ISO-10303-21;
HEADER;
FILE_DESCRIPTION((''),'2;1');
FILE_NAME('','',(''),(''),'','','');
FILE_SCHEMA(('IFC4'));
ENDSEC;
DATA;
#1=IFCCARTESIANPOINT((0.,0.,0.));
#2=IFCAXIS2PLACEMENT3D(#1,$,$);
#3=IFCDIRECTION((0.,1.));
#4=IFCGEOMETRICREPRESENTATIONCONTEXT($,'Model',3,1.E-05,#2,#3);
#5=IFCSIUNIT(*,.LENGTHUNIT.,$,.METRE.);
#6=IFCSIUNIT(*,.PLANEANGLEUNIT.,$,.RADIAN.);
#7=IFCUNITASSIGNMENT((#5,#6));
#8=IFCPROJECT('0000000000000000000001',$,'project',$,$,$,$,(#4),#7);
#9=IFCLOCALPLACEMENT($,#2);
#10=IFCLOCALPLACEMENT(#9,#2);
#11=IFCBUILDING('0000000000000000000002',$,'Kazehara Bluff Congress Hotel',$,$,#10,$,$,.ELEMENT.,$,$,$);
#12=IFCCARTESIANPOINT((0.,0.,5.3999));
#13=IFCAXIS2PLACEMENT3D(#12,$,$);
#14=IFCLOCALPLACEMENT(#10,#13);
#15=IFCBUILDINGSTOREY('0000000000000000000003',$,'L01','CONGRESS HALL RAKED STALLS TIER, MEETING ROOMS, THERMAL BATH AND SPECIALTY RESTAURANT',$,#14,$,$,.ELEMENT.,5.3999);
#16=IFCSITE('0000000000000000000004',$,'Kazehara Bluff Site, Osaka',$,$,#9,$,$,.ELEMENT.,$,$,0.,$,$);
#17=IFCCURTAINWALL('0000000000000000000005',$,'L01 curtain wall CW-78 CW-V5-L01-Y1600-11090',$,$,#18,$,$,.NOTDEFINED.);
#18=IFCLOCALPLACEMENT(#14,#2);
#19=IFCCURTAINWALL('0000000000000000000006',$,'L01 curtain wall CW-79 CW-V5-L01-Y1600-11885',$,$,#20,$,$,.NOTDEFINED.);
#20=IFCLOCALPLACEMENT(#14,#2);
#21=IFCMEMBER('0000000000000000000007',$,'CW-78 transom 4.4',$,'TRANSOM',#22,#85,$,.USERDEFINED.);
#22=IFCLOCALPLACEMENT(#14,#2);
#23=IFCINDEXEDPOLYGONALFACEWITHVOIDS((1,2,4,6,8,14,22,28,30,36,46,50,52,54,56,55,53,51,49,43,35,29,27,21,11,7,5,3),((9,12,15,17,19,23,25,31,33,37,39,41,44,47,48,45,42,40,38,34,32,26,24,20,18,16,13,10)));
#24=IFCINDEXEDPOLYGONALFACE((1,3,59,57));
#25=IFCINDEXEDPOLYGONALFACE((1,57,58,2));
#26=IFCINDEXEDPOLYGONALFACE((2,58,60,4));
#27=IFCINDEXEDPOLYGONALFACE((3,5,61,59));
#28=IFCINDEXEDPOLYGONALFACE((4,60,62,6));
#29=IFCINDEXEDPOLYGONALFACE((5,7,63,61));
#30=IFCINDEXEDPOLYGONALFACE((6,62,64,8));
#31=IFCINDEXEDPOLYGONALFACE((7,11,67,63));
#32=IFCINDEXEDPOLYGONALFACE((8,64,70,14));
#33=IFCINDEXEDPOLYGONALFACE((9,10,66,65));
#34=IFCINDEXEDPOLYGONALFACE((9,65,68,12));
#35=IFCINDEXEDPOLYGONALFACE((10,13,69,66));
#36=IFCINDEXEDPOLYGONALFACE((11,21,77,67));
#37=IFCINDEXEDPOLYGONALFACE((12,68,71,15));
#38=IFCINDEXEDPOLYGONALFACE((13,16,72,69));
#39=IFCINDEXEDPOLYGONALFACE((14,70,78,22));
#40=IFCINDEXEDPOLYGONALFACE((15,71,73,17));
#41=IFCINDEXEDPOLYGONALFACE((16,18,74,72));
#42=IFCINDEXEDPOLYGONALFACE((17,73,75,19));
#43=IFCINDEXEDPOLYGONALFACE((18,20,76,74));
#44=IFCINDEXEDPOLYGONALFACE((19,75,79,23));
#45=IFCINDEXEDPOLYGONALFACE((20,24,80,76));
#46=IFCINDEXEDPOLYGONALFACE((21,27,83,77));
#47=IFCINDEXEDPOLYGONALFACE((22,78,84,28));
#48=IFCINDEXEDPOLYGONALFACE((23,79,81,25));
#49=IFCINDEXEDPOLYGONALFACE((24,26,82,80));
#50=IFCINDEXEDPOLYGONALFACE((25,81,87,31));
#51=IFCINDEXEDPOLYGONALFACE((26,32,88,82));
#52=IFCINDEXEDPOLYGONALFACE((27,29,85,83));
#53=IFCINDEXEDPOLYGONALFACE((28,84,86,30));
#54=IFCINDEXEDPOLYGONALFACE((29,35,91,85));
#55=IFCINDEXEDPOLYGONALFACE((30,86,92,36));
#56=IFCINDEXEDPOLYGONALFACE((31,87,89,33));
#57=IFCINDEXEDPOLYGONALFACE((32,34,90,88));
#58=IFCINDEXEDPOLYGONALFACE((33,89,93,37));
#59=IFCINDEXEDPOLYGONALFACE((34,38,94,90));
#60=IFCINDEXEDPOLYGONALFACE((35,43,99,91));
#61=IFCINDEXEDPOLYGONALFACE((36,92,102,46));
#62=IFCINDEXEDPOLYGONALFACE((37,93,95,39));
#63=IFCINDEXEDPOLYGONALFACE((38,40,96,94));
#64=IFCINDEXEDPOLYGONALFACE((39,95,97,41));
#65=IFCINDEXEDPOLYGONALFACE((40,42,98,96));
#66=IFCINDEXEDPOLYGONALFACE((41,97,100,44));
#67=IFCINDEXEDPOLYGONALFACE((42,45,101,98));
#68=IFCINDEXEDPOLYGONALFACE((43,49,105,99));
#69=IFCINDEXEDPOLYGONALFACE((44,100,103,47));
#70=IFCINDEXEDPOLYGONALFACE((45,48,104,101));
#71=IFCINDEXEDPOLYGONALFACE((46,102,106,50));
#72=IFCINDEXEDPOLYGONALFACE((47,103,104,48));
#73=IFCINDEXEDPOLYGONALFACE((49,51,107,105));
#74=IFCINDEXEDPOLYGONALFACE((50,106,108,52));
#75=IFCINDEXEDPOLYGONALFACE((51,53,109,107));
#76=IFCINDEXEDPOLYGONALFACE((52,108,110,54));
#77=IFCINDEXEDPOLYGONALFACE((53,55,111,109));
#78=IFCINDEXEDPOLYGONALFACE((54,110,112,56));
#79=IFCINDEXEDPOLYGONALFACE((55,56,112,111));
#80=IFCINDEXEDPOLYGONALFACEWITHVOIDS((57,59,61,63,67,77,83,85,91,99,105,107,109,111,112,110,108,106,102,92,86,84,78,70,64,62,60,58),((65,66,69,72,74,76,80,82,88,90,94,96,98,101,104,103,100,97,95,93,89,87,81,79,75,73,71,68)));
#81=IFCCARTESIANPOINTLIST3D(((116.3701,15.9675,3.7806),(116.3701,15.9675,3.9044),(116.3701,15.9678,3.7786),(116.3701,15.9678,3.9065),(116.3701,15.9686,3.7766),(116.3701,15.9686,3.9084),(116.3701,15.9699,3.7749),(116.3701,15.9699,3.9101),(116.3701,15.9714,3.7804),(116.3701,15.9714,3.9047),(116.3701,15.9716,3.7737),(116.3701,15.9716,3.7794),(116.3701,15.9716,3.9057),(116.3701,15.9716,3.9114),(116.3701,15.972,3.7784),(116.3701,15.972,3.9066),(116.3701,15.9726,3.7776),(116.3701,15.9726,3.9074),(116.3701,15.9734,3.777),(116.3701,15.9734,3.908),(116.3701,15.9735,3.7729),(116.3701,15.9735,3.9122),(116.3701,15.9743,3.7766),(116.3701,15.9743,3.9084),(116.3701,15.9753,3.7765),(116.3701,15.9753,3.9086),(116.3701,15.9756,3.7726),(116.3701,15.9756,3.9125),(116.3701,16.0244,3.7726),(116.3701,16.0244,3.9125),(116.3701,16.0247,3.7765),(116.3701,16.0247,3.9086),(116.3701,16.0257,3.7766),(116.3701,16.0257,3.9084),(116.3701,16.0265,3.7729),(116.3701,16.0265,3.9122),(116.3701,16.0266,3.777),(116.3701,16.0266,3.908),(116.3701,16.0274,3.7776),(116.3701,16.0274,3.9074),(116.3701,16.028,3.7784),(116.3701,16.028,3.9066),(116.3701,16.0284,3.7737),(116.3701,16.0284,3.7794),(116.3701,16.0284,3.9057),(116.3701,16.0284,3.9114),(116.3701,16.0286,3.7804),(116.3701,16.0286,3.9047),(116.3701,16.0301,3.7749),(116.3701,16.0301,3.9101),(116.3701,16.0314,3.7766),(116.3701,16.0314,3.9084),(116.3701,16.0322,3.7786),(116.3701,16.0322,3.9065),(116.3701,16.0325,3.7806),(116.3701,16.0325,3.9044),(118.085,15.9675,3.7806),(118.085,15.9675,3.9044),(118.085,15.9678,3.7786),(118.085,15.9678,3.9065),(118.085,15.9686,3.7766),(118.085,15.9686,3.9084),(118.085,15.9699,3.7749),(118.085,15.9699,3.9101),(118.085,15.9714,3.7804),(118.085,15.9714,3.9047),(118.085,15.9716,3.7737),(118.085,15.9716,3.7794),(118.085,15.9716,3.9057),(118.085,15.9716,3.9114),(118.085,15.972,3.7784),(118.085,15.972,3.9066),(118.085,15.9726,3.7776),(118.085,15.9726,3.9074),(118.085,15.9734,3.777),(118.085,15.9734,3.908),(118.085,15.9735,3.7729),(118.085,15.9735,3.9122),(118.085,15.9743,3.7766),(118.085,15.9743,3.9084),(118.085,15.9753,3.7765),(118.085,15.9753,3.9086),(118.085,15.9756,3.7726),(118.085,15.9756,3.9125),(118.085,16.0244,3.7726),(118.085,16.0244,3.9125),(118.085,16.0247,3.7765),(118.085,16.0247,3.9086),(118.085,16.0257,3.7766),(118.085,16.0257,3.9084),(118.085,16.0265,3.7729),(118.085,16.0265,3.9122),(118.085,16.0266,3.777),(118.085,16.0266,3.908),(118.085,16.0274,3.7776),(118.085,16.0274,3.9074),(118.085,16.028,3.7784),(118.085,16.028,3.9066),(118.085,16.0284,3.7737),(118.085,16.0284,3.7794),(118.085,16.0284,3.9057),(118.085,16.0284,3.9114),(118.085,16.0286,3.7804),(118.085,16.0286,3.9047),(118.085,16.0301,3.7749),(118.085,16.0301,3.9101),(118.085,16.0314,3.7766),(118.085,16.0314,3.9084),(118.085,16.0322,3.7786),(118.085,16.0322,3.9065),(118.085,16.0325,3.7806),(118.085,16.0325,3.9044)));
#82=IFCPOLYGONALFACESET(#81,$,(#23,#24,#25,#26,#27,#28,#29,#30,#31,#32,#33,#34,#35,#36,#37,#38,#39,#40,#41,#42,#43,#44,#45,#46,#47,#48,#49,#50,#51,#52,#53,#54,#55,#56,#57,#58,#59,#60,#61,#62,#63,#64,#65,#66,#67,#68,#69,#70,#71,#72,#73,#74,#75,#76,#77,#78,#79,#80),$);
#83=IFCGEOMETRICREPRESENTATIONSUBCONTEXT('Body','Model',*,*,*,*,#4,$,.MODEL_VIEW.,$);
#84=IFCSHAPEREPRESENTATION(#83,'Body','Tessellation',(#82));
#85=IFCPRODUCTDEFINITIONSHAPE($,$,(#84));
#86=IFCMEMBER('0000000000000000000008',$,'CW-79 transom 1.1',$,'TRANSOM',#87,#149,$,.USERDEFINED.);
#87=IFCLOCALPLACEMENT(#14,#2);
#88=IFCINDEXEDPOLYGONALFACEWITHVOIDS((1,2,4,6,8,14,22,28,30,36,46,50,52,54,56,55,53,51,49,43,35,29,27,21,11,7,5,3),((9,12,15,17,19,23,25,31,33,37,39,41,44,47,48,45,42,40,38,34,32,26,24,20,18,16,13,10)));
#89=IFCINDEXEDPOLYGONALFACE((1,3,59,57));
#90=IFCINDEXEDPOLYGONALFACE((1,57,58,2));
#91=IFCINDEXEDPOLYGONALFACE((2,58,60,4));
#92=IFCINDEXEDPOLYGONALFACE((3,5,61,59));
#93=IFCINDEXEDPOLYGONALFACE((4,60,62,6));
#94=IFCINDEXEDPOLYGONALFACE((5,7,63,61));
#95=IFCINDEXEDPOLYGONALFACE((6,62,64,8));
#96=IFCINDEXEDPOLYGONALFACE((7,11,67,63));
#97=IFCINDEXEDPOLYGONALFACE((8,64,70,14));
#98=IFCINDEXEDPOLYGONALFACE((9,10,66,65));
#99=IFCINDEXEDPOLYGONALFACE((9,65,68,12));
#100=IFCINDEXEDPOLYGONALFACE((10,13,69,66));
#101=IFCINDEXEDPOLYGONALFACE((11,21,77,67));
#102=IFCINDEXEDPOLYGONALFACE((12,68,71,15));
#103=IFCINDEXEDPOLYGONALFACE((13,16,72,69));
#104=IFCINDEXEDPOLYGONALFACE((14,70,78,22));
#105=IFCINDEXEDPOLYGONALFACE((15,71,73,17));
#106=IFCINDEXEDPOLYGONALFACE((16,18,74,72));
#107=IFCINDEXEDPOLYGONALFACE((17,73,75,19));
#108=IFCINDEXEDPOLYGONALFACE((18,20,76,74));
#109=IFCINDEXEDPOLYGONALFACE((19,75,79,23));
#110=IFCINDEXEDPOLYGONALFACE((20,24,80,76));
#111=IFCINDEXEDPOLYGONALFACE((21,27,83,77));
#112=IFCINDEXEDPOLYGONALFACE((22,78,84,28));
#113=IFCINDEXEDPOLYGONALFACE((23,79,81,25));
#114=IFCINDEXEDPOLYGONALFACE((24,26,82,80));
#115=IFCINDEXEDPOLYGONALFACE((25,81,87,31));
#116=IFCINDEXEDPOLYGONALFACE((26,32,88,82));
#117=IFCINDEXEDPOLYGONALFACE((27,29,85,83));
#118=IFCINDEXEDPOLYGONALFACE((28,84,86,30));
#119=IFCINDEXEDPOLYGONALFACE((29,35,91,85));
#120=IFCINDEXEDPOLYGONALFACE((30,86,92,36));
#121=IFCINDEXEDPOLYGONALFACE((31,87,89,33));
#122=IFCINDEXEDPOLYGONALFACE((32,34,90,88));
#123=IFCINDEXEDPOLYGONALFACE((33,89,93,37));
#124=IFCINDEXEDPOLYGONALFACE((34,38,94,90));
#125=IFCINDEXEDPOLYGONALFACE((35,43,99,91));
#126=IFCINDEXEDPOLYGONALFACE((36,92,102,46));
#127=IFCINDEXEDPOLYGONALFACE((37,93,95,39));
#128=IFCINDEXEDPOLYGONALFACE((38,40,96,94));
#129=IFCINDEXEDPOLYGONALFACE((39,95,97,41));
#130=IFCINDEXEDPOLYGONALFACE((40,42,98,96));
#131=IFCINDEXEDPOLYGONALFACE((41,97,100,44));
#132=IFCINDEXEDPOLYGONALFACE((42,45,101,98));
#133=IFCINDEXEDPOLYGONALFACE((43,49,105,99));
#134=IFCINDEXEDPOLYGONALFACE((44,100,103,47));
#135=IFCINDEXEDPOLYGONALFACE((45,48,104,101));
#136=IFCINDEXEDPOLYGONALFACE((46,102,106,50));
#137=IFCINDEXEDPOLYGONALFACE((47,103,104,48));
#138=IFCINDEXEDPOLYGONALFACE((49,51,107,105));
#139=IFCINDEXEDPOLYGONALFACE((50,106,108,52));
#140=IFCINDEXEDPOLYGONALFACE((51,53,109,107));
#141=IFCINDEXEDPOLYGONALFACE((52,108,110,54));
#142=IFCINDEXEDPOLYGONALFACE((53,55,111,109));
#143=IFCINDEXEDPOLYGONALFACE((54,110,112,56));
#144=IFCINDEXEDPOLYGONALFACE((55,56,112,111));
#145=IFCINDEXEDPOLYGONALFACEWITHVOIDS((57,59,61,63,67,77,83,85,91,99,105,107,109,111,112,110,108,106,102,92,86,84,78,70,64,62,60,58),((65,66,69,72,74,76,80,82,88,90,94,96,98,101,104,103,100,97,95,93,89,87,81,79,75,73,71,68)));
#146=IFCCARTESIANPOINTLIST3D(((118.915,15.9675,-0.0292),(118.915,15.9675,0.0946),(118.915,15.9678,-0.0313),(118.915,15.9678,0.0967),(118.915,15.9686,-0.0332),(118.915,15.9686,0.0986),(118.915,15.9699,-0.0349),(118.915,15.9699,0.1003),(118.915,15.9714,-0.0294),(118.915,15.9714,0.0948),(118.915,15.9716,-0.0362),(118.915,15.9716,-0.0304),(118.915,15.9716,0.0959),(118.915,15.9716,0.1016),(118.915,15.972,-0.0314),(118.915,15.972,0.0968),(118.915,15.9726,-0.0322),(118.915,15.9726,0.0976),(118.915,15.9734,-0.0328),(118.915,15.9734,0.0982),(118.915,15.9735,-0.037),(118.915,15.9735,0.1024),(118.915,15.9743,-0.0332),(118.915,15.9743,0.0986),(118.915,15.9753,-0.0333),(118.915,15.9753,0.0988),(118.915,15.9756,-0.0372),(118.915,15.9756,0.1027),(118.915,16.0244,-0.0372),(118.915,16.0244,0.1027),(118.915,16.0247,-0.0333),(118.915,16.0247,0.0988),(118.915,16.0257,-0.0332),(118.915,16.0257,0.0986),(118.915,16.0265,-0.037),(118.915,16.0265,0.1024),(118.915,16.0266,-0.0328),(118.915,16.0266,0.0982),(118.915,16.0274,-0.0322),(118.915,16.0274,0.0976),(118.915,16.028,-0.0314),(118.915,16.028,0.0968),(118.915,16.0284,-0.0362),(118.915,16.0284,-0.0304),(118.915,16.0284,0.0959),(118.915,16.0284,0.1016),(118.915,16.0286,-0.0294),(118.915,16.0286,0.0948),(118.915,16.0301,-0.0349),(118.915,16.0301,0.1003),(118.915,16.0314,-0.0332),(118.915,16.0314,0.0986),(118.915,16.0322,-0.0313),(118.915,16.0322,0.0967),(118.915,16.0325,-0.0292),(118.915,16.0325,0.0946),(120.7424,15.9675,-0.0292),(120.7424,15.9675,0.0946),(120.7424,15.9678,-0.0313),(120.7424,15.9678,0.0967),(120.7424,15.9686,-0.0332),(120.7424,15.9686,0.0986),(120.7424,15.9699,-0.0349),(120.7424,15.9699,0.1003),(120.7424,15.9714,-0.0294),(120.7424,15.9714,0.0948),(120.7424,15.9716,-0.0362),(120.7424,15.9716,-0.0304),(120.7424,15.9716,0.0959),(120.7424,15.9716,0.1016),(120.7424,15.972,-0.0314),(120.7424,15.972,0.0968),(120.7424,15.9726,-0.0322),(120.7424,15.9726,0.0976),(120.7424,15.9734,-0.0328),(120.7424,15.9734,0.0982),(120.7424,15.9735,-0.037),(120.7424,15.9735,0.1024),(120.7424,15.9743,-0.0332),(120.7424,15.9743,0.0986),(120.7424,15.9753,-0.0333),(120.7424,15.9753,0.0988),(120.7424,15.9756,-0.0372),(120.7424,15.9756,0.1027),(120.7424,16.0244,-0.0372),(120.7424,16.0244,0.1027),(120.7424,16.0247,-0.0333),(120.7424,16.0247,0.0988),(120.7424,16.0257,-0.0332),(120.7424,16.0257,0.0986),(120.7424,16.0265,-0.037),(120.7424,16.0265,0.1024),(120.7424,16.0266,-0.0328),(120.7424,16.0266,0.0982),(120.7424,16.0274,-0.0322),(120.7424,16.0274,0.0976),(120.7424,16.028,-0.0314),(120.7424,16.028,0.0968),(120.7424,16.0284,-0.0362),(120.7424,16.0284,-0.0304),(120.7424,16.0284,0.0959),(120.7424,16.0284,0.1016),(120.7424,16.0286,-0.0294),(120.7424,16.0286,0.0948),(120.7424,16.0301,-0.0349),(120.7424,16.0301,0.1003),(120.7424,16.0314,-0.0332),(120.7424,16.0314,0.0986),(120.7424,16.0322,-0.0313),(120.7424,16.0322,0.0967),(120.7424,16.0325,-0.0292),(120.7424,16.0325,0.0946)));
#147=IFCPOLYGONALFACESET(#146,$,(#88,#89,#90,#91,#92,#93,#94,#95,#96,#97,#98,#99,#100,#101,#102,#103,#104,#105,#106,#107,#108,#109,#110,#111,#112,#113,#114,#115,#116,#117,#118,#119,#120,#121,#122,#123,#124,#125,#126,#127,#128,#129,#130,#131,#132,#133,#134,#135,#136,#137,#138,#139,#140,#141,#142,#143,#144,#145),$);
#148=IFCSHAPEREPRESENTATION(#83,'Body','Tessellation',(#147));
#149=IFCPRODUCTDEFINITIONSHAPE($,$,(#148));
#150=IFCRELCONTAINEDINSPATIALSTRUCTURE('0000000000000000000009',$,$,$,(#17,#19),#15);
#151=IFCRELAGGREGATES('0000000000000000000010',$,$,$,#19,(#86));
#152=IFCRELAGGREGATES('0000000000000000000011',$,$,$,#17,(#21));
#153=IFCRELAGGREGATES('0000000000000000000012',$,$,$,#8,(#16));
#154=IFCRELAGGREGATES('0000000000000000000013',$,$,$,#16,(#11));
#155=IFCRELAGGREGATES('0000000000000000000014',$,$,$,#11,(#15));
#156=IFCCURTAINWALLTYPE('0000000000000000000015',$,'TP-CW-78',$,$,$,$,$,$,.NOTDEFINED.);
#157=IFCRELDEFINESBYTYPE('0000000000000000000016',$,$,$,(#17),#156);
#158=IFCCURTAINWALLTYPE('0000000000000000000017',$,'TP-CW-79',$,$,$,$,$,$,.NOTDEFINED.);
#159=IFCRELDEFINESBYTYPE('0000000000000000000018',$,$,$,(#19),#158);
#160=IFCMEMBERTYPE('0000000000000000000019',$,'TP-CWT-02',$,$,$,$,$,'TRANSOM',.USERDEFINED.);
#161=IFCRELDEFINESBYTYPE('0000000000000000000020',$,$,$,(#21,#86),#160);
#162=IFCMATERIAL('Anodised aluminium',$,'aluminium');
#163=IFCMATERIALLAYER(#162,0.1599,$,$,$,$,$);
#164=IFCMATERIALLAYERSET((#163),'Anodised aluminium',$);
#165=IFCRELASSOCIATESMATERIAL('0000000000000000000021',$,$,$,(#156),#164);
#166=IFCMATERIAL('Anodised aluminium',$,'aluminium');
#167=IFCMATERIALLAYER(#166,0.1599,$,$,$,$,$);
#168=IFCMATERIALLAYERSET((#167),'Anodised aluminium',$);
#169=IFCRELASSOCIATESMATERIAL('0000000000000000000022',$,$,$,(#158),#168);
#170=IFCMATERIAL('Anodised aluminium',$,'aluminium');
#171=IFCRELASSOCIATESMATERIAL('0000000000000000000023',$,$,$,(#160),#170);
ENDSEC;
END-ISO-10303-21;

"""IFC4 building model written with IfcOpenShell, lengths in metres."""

from ifc_helpers import new_model, si_unit, direction, frame, origin, origin_2d, place, context, subcontext, project, spatial, hollow_rectangle, extrude, material, layer, layer_set, material_profile, profile_set, type_object, element, aggregate, save


model = new_model("IFC4")

# Units and contexts
model_context = context("Model", 3, precision=1e-05, world=origin(), true_north=direction((0.0, 1.0)))
body_context = subcontext(model_context, "Body", "Model", "MODEL_VIEW")
ifc_project = project(units=[si_unit("LENGTHUNIT", "METRE"), si_unit("PLANEANGLEUNIT", "RADIAN")], contexts=[model_context])

# Site, building, storey
site_placement = place(None, origin())
site = spatial("IfcSite", under=ifc_project, at=site_placement, Name="Kazehara Bluff Site, Osaka", CompositionType="ELEMENT", RefElevation=0.0)
building_placement = place(site_placement, origin())
building = spatial("IfcBuilding", under=site, at=building_placement, Name="Kazehara Bluff Congress Hotel", CompositionType="ELEMENT")
storey_placement = place(building_placement, frame((0.0, 0.0, 5.3999)))
storey = spatial("IfcBuildingStorey", under=building, at=storey_placement, Name="L01", Description="CONGRESS HALL RAKED STALLS TIER, MEETING ROOMS, THERMAL BATH AND SPECIALTY RESTAURANT", CompositionType="ELEMENT", Elevation=5.3999)

# Curtain walls
ifc_material_1 = material(Name="Anodised aluminium", Category="aluminium")
ifc_layer_1 = layer(ifc_material_1, 0.1599)
ifc_layer_set_1 = layer_set([ifc_layer_1], Name="Anodised aluminium")
curtain_wall_type_1 = type_object("IfcCurtainWallType", Name="TP-CW-78", PredefinedType="NOTDEFINED", material=ifc_layer_set_1)
curtain_wall_1_placement = place(storey_placement, origin())
curtain_wall_1 = element("IfcCurtainWall", 1, at=curtain_wall_1_placement, inside=storey, type_object=curtain_wall_type_1, Name="L01 curtain wall CW-78 CW-V5-L01-Y1600-11090", PredefinedType="NOTDEFINED")
ifc_material_2 = material(Name="Anodised aluminium", Category="aluminium")
ifc_layer_2 = layer(ifc_material_2, 0.1599)
ifc_layer_set_2 = layer_set([ifc_layer_2], Name="Anodised aluminium")
curtain_wall_type_2 = type_object("IfcCurtainWallType", Name="TP-CW-79", PredefinedType="NOTDEFINED", material=ifc_layer_set_2)
curtain_wall_2_placement = place(storey_placement, origin())
curtain_wall_2 = element("IfcCurtainWall", 2, at=curtain_wall_2_placement, inside=storey, type_object=curtain_wall_type_2, Name="L01 curtain wall CW-79 CW-V5-L01-Y1600-11885", PredefinedType="NOTDEFINED")

# Members
ifc_material_3 = material(Name="Anodised aluminium", Category="aluminium")
ifc_material_profile_1 = material_profile(ifc_material_3, hollow_rectangle(XDim=0.0649, YDim=0.1399, WallThickness=0.0039, InnerFilletRadius=0.0039, OuterFilletRadius=0.0081, at=origin_2d()))
ifc_profile_set_1 = profile_set([ifc_material_profile_1], Name="Anodised aluminium")
member_type_1 = type_object("IfcMemberType", Name="TP-CWT-02", ElementType="TRANSOM", PredefinedType="USERDEFINED", material=ifc_profile_set_1)
member_1_placement = place(storey_placement, frame((116.3701, 16.0, 3.8425), z_axis=(1.0, 0.0, 0.0), x_axis=(0.0, 1.0, 0.0)))
member_1 = element("IfcMember", 3, at=member_1_placement, type_object=member_type_1, Name="CW-78 transom 4.4", ObjectType="TRANSOM", PredefinedType="USERDEFINED", context=body_context, shape_type="SweptSolid", body=[
    extrude(hollow_rectangle(XDim=0.0649, YDim=0.1399, WallThickness=0.0039, InnerFilletRadius=0.0039, OuterFilletRadius=0.0081, at=origin_2d()), origin(), (0.0, 0.0, 1.0), 1.7148),
])
member_2_placement = place(storey_placement, frame((118.915, 16.0, 0.0327), z_axis=(1.0, 0.0, 0.0), x_axis=(0.0, 1.0, 0.0)))
member_2 = element("IfcMember", 4, at=member_2_placement, type_object=member_type_1, Name="CW-79 transom 1.1", ObjectType="TRANSOM", PredefinedType="USERDEFINED", context=body_context, shape_type="SweptSolid", body=[
    extrude(hollow_rectangle(XDim=0.0649, YDim=0.1399, WallThickness=0.0039, InnerFilletRadius=0.0039, OuterFilletRadius=0.0081, at=origin_2d()), origin(), (0.0, 0.0, 1.0), 1.8274),
])
aggregate(curtain_wall_2, [member_2])

aggregate(curtain_wall_1, [member_1])

save(model, "model.ifc")
